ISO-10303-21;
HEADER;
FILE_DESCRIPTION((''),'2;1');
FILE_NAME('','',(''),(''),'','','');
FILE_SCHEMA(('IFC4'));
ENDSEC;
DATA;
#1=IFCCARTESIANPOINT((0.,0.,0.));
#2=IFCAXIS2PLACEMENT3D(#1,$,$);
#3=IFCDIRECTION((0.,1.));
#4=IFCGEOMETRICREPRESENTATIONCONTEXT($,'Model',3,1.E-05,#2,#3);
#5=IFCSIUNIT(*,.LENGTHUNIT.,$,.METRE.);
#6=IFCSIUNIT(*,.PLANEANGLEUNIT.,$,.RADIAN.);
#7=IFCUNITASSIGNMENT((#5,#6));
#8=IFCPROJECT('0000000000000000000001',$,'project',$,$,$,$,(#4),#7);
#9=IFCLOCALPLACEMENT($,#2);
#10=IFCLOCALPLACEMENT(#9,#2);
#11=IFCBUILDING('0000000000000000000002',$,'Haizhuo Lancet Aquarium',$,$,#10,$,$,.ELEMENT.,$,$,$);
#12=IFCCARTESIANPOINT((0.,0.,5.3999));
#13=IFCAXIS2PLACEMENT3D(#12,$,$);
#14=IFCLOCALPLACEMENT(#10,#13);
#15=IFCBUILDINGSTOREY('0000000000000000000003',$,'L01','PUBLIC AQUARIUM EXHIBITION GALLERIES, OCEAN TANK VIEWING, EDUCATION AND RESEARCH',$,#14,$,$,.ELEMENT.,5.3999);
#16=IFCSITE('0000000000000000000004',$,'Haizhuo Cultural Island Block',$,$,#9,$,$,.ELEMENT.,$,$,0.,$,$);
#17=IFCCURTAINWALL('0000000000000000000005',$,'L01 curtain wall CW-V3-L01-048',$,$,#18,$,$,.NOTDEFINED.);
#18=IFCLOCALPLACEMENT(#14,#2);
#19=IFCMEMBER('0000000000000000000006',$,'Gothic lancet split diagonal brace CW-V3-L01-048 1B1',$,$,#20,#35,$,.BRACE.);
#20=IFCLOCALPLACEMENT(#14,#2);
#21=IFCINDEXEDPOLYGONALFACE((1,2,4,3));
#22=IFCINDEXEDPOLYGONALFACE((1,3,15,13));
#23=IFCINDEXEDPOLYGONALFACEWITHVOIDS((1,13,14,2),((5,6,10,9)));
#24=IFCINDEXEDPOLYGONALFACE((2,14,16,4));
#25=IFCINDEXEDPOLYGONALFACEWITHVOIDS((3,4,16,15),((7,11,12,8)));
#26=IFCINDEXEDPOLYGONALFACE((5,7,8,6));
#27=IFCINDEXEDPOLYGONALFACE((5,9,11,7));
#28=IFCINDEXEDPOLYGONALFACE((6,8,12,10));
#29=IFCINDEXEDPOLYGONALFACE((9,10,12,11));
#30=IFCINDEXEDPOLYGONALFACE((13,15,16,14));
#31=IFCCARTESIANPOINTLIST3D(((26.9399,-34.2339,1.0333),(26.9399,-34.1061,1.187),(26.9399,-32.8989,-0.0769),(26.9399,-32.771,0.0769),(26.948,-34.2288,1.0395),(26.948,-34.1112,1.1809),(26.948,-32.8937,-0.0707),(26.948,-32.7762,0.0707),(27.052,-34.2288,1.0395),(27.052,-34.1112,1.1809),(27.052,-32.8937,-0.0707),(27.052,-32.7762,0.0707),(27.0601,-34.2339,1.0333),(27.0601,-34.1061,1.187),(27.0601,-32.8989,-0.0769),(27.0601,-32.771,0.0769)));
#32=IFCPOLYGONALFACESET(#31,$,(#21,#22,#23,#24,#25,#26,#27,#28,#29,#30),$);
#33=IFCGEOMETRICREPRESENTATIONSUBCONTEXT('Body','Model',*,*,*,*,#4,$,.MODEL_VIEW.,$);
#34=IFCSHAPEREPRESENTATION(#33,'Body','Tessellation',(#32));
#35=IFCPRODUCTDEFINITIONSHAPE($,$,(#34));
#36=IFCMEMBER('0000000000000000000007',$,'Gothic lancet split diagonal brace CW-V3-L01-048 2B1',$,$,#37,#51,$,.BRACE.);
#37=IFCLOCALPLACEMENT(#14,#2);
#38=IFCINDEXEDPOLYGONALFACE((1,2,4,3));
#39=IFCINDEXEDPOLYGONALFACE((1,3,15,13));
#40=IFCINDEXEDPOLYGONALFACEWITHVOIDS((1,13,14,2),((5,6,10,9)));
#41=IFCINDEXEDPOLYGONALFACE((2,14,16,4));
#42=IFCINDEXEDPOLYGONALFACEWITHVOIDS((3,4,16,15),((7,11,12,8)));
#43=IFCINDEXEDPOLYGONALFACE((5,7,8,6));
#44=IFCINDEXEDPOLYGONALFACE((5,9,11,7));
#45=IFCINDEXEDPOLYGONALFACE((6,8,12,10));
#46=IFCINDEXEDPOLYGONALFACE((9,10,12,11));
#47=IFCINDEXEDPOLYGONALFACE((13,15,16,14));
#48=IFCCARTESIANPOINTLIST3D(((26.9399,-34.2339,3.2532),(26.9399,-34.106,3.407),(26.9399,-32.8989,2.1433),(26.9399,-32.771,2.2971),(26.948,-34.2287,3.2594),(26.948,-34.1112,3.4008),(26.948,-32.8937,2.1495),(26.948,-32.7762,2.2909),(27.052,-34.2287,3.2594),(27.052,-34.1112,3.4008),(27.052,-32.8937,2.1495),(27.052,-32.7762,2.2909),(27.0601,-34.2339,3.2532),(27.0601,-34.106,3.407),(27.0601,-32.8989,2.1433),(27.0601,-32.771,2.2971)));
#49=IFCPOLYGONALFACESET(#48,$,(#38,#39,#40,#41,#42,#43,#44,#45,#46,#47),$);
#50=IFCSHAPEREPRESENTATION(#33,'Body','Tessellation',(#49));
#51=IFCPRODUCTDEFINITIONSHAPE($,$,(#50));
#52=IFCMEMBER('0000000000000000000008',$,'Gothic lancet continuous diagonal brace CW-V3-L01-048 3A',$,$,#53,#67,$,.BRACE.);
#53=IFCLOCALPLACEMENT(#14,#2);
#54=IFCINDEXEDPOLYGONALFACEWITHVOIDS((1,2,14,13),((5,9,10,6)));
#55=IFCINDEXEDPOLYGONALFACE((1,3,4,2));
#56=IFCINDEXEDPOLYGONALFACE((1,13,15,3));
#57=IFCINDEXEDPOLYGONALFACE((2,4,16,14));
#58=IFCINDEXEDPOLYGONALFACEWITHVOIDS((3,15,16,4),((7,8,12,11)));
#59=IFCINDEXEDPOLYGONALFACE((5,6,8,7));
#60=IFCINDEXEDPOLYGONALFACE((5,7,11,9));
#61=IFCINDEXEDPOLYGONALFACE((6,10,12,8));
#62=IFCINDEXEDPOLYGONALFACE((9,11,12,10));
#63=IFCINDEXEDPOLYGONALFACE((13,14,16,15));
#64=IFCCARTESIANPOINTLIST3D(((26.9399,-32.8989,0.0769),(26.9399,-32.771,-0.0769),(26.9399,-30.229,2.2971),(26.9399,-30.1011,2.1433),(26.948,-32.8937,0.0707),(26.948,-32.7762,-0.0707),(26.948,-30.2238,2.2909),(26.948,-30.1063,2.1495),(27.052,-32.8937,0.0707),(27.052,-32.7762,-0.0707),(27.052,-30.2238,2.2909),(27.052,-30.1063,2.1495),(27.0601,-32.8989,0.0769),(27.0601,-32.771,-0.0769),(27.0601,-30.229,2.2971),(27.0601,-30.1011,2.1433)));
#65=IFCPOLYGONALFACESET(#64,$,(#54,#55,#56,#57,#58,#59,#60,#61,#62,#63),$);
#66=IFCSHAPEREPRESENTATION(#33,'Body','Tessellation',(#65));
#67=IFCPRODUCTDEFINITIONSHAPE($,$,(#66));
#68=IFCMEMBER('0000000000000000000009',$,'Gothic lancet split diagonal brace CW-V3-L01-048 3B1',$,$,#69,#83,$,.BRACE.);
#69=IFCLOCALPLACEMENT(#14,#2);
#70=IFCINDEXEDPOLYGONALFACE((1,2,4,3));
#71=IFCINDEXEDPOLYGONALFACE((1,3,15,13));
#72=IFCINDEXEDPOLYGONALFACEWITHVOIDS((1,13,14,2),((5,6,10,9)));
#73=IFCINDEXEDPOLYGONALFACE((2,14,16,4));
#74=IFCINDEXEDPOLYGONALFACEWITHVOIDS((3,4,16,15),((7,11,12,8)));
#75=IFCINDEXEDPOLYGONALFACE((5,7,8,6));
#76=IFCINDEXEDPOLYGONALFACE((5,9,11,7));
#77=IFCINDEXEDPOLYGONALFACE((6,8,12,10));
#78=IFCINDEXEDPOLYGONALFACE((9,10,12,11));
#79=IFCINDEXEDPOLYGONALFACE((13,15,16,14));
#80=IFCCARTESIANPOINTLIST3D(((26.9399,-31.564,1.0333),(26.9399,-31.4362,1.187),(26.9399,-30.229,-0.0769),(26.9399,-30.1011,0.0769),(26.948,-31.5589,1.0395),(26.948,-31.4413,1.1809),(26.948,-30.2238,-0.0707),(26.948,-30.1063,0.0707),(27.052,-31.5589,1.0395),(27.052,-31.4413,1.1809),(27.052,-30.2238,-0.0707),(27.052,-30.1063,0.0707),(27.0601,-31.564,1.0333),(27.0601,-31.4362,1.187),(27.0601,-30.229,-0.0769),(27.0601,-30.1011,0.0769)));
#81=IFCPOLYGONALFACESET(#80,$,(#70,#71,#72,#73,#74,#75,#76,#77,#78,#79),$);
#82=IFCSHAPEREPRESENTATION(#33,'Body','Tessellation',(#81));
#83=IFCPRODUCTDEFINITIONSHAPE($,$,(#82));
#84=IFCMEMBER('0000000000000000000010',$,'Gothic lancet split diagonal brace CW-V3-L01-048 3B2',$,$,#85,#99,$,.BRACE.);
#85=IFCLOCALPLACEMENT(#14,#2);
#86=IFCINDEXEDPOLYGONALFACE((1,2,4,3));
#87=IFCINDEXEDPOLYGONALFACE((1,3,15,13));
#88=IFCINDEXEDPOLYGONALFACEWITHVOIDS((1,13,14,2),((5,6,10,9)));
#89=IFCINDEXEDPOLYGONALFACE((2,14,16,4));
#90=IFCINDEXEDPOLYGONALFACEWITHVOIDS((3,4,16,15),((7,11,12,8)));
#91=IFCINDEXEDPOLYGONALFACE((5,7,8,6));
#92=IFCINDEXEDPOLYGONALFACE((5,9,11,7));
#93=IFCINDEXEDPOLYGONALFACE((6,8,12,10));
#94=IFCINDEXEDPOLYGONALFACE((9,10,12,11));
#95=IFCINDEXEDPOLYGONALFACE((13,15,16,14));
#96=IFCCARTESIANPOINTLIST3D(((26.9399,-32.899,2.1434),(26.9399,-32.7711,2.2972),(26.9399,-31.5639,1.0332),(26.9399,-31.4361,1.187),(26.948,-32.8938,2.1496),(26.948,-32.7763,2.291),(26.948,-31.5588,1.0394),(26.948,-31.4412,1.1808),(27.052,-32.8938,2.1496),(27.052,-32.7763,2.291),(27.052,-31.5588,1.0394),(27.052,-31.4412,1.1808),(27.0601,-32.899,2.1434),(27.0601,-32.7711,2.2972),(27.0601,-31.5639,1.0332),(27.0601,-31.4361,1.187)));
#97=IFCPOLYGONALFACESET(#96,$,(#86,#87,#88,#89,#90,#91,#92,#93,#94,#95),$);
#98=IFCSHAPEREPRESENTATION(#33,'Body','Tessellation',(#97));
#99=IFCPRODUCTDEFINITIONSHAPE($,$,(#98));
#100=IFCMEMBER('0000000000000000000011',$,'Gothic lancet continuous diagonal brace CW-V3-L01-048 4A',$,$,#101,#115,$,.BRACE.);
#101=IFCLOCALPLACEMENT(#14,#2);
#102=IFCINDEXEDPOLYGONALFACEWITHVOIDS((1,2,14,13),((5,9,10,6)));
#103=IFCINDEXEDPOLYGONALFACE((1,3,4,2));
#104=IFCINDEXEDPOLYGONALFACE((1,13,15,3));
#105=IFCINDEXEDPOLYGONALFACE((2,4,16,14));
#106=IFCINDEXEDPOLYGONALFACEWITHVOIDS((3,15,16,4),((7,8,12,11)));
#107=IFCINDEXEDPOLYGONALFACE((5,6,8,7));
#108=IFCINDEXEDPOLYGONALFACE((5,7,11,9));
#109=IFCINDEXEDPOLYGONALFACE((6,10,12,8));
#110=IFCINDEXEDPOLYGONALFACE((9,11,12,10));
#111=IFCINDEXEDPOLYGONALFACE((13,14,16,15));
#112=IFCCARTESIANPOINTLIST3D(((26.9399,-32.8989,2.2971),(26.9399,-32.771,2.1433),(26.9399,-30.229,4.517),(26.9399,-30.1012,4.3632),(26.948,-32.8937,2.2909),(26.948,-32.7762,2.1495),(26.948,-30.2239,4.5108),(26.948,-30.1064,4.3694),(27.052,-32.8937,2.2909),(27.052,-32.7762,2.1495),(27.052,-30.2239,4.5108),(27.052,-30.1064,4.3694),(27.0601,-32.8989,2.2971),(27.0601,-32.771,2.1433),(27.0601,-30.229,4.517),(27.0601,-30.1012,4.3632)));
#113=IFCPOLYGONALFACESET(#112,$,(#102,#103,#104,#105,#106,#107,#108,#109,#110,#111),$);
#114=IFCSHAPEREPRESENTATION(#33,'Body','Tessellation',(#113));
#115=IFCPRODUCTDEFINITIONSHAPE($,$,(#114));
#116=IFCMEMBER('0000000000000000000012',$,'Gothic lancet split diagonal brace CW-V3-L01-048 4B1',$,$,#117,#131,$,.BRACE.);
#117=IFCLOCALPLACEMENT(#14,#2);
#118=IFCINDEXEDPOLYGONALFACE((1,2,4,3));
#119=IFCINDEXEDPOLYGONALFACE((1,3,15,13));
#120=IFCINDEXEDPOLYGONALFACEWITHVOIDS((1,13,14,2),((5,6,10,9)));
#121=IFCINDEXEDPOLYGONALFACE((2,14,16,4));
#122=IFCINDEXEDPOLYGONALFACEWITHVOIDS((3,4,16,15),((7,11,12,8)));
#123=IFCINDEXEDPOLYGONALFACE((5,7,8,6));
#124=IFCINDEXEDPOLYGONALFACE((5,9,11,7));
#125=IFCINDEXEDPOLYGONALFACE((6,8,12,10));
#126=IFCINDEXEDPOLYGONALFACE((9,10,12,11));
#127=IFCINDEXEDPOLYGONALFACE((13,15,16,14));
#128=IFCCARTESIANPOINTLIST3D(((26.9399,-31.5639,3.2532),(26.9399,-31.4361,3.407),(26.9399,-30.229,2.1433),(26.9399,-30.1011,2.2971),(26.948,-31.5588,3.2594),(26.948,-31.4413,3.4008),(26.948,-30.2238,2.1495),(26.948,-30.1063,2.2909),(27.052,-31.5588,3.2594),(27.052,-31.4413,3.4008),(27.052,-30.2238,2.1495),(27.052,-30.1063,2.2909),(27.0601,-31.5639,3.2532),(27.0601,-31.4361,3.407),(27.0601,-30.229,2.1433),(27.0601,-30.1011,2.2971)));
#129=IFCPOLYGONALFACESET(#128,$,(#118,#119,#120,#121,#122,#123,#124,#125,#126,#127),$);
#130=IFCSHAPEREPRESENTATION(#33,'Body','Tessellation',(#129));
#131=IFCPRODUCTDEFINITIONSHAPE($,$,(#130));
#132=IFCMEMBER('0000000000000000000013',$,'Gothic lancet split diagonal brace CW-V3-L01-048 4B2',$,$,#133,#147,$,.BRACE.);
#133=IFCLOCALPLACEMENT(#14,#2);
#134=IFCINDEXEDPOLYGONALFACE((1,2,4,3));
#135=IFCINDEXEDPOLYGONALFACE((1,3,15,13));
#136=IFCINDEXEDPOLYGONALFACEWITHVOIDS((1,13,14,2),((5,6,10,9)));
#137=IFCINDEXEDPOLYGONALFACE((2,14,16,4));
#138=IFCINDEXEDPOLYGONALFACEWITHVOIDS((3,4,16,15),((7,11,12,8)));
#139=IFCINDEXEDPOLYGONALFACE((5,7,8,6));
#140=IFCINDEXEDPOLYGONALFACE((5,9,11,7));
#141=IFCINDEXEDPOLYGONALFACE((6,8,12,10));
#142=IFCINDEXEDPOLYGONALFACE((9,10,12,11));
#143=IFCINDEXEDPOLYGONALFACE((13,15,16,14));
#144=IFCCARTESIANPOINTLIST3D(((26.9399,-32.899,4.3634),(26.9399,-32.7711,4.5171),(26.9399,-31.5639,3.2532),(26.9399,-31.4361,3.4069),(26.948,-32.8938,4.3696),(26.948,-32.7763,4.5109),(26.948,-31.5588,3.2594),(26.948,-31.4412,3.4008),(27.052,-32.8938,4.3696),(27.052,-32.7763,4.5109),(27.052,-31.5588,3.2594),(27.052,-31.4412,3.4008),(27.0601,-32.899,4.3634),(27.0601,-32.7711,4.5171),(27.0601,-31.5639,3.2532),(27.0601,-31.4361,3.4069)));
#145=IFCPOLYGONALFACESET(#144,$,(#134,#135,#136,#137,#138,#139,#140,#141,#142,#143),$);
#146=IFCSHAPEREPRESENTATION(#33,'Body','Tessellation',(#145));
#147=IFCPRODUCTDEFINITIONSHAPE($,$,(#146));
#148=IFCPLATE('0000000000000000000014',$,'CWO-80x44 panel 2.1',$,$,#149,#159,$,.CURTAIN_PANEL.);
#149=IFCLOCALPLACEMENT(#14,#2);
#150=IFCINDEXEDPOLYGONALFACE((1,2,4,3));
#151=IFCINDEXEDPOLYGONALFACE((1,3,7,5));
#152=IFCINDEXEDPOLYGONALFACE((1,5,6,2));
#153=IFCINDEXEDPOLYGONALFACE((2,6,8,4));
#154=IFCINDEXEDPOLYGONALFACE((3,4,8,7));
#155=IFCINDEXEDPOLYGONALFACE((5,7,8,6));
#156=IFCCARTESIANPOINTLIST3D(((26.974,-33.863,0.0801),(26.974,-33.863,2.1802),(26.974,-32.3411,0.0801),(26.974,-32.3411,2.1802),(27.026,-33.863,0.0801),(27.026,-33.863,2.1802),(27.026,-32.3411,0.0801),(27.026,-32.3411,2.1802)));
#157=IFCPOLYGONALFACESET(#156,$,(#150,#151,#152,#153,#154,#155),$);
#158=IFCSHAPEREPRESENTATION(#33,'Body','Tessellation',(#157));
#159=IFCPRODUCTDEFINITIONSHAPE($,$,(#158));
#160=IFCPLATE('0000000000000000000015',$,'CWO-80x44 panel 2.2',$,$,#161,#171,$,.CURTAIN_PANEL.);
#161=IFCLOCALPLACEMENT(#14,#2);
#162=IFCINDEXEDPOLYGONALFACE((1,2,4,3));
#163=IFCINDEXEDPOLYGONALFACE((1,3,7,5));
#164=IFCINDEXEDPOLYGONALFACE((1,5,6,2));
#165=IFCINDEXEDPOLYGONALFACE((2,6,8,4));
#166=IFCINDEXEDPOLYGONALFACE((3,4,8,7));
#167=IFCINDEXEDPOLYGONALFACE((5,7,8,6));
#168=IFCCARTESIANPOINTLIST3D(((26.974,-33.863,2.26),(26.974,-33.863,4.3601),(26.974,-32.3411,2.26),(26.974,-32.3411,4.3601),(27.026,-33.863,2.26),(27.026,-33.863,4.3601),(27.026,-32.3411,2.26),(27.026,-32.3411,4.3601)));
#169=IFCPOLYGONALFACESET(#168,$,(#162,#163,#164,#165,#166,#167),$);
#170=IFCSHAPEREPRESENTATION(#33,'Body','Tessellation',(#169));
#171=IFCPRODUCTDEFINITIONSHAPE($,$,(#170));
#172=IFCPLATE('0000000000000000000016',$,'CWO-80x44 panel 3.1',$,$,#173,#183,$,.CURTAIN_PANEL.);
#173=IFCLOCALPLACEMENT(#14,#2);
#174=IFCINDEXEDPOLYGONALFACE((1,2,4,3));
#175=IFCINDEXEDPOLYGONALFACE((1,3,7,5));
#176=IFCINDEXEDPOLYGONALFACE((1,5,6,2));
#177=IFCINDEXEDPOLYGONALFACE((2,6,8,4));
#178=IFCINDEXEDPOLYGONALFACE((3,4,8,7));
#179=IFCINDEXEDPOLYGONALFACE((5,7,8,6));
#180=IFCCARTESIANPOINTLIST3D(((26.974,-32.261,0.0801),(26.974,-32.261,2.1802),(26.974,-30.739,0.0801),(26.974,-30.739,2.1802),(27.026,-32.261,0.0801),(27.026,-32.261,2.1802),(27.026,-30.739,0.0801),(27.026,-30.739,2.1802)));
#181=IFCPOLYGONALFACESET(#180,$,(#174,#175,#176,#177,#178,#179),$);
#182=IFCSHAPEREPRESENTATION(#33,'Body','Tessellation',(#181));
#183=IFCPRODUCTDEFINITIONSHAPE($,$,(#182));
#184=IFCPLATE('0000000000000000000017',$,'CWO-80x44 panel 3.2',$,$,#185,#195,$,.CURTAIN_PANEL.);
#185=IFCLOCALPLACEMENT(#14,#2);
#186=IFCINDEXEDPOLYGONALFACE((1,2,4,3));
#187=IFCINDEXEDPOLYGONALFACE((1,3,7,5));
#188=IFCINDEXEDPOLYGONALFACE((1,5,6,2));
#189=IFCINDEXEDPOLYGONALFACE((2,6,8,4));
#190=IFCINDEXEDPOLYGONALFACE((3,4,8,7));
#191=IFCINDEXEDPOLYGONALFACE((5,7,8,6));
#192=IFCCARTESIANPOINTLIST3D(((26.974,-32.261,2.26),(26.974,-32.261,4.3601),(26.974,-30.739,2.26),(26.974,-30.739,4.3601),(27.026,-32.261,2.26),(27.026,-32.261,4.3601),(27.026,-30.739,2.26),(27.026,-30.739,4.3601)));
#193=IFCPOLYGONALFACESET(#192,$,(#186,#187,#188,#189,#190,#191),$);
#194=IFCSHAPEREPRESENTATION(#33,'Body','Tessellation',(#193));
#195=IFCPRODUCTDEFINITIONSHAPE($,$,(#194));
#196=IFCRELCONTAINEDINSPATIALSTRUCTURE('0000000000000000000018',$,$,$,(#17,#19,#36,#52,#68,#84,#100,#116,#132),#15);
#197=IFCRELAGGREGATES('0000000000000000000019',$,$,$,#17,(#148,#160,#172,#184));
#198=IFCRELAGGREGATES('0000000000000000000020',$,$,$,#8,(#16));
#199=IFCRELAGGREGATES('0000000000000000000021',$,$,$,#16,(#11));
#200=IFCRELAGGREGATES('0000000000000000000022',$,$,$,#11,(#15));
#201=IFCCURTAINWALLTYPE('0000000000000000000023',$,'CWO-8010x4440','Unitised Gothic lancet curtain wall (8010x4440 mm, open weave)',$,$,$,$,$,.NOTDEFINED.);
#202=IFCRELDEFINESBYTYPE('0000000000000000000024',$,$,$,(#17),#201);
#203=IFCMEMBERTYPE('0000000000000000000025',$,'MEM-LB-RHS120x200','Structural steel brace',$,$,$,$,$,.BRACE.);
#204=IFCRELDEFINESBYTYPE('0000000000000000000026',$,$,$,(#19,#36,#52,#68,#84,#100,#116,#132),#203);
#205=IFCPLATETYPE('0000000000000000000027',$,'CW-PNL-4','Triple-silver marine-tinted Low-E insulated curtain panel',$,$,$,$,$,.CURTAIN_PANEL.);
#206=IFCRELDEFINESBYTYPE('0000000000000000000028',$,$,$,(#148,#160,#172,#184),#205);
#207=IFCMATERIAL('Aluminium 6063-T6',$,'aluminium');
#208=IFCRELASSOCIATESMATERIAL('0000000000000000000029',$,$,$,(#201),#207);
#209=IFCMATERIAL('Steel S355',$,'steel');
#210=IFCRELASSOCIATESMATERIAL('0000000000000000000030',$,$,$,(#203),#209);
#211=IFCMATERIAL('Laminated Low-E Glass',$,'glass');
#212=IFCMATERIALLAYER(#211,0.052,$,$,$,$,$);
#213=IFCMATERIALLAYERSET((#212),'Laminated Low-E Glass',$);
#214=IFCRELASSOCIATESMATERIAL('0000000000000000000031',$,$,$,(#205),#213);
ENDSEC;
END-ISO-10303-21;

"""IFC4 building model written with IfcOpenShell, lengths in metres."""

from ifc_helpers import new_model, si_unit, direction, frame, origin, origin_2d, place, context, subcontext, project, spatial, rectangle, hollow_rectangle, extrude, material, layer, layer_set, material_profile, profile_set, type_object, element, aggregate, save


model = new_model("IFC4")

# Units and contexts
model_context = context("Model", 3, precision=1e-05, world=origin(), true_north=direction((0.0, 1.0)))
body_context = subcontext(model_context, "Body", "Model", "MODEL_VIEW")
ifc_project = project(units=[si_unit("LENGTHUNIT", "METRE"), si_unit("PLANEANGLEUNIT", "RADIAN")], contexts=[model_context])

# Site, building, storey
site_placement = place(None, origin())
site = spatial("IfcSite", under=ifc_project, at=site_placement, Name="Haizhuo Cultural Island Block", CompositionType="ELEMENT", RefElevation=0.0)
building_placement = place(site_placement, origin())
building = spatial("IfcBuilding", under=site, at=building_placement, Name="Haizhuo Lancet Aquarium", CompositionType="ELEMENT")
storey_placement = place(building_placement, frame((0.0, 0.0, 5.3999)))
storey = spatial("IfcBuildingStorey", under=building, at=storey_placement, Name="L01", Description="PUBLIC AQUARIUM EXHIBITION GALLERIES, OCEAN TANK VIEWING, EDUCATION AND RESEARCH", CompositionType="ELEMENT", Elevation=5.3999)

# Curtain wall
ifc_material_1 = material(Name="Aluminium 6063-T6", Category="aluminium")
curtain_wall_type = type_object("IfcCurtainWallType", Name="CWO-8010x4440", Description="Unitised Gothic lancet curtain wall (8010x4440 mm, open weave)", PredefinedType="NOTDEFINED", material=ifc_material_1)
curtain_wall_placement = place(storey_placement, origin())
curtain_wall = element("IfcCurtainWall", 1, at=curtain_wall_placement, inside=storey, type_object=curtain_wall_type, Name="L01 curtain wall CW-V3-L01-048", PredefinedType="NOTDEFINED")

# Members
ifc_material_2 = material(Name="Steel S355", Category="steel")
ifc_material_profile_1 = material_profile(ifc_material_2, hollow_rectangle(XDim=0.1201, YDim=0.2, WallThickness=0.0081, at=origin_2d()), Name="RHS 120x200x8")
ifc_profile_set_1 = profile_set([ifc_material_profile_1], Name="Steel S355")
member_type_1 = type_object("IfcMemberType", Name="MEM-LB-RHS120x200", Description="Structural steel brace", PredefinedType="BRACE", material=ifc_profile_set_1)
member_1_placement = place(storey_placement, frame((27.0, -32.835, 0.0), z_axis=(0.0, -0.768889, 0.639382), x_axis=(1.0, 0.0, 0.0)))
element("IfcMember", 2, at=member_1_placement, inside=storey, type_object=member_type_1, Name="Gothic lancet split diagonal brace CW-V3-L01-048 1B1", PredefinedType="BRACE", context=body_context, shape_type="SweptSolid", body=[
    extrude(hollow_rectangle(XDim=0.1201, YDim=0.2, WallThickness=0.0081, at=origin_2d()), origin(), (0.0, 0.0, 1.0), 1.7363),
])
member_2_placement = place(storey_placement, frame((27.0, -32.835, 2.2202), z_axis=(0.0, -0.768958, 0.639299), x_axis=(1.0, 0.0, 0.0)))
element("IfcMember", 3, at=member_2_placement, inside=storey, type_object=member_type_1, Name="Gothic lancet split diagonal brace CW-V3-L01-048 2B1", PredefinedType="BRACE", context=body_context, shape_type="SweptSolid", body=[
    extrude(hollow_rectangle(XDim=0.1201, YDim=0.2, WallThickness=0.0081, at=origin_2d()), origin(), (0.0, 0.0, 1.0), 1.7361),
])
member_3_placement = place(storey_placement, frame((27.0, -32.835, 0.0), z_axis=(0.0, 0.768889, 0.639382), x_axis=(-1.0, 0.0, 0.0)))
element("IfcMember", 4, at=member_3_placement, inside=storey, type_object=member_type_1, Name="Gothic lancet continuous diagonal brace CW-V3-L01-048 3A", PredefinedType="BRACE", context=body_context, shape_type="SweptSolid", body=[
    extrude(hollow_rectangle(XDim=0.1201, YDim=0.2, WallThickness=0.0081, at=origin_2d()), origin(), (0.0, 0.0, 1.0), 3.4724),
])
for number, where, z_axis, x_axis, name in (
    (5, (27.0, -30.165, 0.0), (0.0, -0.768889, 0.639382), (1.0, 0.0, 0.0), "Gothic lancet split diagonal brace CW-V3-L01-048 3B1"),
    (6, (27.0, -31.5, 1.1101), (0.0, -0.768889, 0.639382), (1.0, 0.0, 0.0), "Gothic lancet split diagonal brace CW-V3-L01-048 3B2"),
):
    element("IfcMember", number, at=place(storey_placement, frame(where, z_axis=z_axis, x_axis=x_axis)), inside=storey, type_object=member_type_1, Name=name, PredefinedType="BRACE", context=body_context, shape_type="SweptSolid", body=[
        extrude(hollow_rectangle(XDim=0.1201, YDim=0.2, WallThickness=0.0081, at=origin_2d()), origin(), (0.0, 0.0, 1.0), 1.7363),
    ])
member_4_placement = place(storey_placement, frame((27.0, -32.835, 2.2202), z_axis=(0.0, 0.768924, 0.63934), x_axis=(-1.0, 0.0, 0.0)))
element("IfcMember", 7, at=member_4_placement, inside=storey, type_object=member_type_1, Name="Gothic lancet continuous diagonal brace CW-V3-L01-048 4A", PredefinedType="BRACE", context=body_context, shape_type="SweptSolid", body=[
    extrude(hollow_rectangle(XDim=0.1201, YDim=0.2, WallThickness=0.0081, at=origin_2d()), origin(), (0.0, 0.0, 1.0), 3.4722),
])
member_5_placement = place(storey_placement, frame((27.0, -30.165, 2.2202), z_axis=(0.0, -0.768958, 0.639299), x_axis=(1.0, 0.0, 0.0)))
element("IfcMember", 8, at=member_5_placement, inside=storey, type_object=member_type_1, Name="Gothic lancet split diagonal brace CW-V3-L01-048 4B1", PredefinedType="BRACE", context=body_context, shape_type="SweptSolid", body=[
    extrude(hollow_rectangle(XDim=0.1201, YDim=0.2, WallThickness=0.0081, at=origin_2d()), origin(), (0.0, 0.0, 1.0), 1.7361),
])
member_6_placement = place(storey_placement, frame((27.0, -31.5, 3.3301), z_axis=(0.0, -0.768889, 0.639382), x_axis=(1.0, 0.0, 0.0)))
element("IfcMember", 9, at=member_6_placement, inside=storey, type_object=member_type_1, Name="Gothic lancet split diagonal brace CW-V3-L01-048 4B2", PredefinedType="BRACE", context=body_context, shape_type="SweptSolid", body=[
    extrude(hollow_rectangle(XDim=0.1201, YDim=0.2, WallThickness=0.0081, at=origin_2d()), origin(), (0.0, 0.0, 1.0), 1.7363),
])

# Plates
ifc_material_3 = material(Name="Laminated Low-E Glass", Category="glass")
ifc_layer = layer(ifc_material_3, 0.052)
ifc_layer_set = layer_set([ifc_layer], Name="Laminated Low-E Glass")
plate_type = type_object("IfcPlateType", Name="CW-PNL-4", Description="Triple-silver marine-tinted Low-E insulated curtain panel", PredefinedType="CURTAIN_PANEL", material=ifc_layer_set)
plate_1_placement = place(storey_placement, frame((27.0, -33.1021, 0.0801), z_axis=(0.0, 0.0, 1.0), x_axis=(0.0, 1.0, 0.0)))
plate_1 = element("IfcPlate", 10, at=plate_1_placement, type_object=plate_type, Name="CWO-80x44 panel 2.1", PredefinedType="CURTAIN_PANEL", context=body_context, shape_type="SweptSolid", body=[
    extrude(rectangle(XDim=1.522, YDim=0.052, at=origin_2d()), origin(), (0.0, 0.0, 1.0), 2.1001),
])
plate_2_placement = place(storey_placement, frame((27.0, -33.1021, 2.26), z_axis=(0.0, 0.0, 1.0), x_axis=(0.0, 1.0, 0.0)))
plate_2 = element("IfcPlate", 11, at=plate_2_placement, type_object=plate_type, Name="CWO-80x44 panel 2.2", PredefinedType="CURTAIN_PANEL", context=body_context, shape_type="SweptSolid", body=[
    extrude(rectangle(XDim=1.522, YDim=0.052, at=origin_2d()), origin(), (0.0, 0.0, 1.0), 2.1001),
])
plate_3_placement = place(storey_placement, frame((27.0, -31.5, 0.0801), z_axis=(0.0, 0.0, 1.0), x_axis=(0.0, 1.0, 0.0)))
plate_3 = element("IfcPlate", 12, at=plate_3_placement, type_object=plate_type, Name="CWO-80x44 panel 3.1", PredefinedType="CURTAIN_PANEL", context=body_context, shape_type="SweptSolid", body=[
    extrude(rectangle(XDim=1.522, YDim=0.052, at=origin_2d()), origin(), (0.0, 0.0, 1.0), 2.1001),
])
plate_4_placement = place(storey_placement, frame((27.0, -31.5, 2.26), z_axis=(0.0, 0.0, 1.0), x_axis=(0.0, 1.0, 0.0)))
plate_4 = element("IfcPlate", 13, at=plate_4_placement, type_object=plate_type, Name="CWO-80x44 panel 3.2", PredefinedType="CURTAIN_PANEL", context=body_context, shape_type="SweptSolid", body=[
    extrude(rectangle(XDim=1.522, YDim=0.052, at=origin_2d()), origin(), (0.0, 0.0, 1.0), 2.1001),
])
aggregate(curtain_wall, [plate_1, plate_2, plate_3, plate_4])

save(model, "model.ifc")
